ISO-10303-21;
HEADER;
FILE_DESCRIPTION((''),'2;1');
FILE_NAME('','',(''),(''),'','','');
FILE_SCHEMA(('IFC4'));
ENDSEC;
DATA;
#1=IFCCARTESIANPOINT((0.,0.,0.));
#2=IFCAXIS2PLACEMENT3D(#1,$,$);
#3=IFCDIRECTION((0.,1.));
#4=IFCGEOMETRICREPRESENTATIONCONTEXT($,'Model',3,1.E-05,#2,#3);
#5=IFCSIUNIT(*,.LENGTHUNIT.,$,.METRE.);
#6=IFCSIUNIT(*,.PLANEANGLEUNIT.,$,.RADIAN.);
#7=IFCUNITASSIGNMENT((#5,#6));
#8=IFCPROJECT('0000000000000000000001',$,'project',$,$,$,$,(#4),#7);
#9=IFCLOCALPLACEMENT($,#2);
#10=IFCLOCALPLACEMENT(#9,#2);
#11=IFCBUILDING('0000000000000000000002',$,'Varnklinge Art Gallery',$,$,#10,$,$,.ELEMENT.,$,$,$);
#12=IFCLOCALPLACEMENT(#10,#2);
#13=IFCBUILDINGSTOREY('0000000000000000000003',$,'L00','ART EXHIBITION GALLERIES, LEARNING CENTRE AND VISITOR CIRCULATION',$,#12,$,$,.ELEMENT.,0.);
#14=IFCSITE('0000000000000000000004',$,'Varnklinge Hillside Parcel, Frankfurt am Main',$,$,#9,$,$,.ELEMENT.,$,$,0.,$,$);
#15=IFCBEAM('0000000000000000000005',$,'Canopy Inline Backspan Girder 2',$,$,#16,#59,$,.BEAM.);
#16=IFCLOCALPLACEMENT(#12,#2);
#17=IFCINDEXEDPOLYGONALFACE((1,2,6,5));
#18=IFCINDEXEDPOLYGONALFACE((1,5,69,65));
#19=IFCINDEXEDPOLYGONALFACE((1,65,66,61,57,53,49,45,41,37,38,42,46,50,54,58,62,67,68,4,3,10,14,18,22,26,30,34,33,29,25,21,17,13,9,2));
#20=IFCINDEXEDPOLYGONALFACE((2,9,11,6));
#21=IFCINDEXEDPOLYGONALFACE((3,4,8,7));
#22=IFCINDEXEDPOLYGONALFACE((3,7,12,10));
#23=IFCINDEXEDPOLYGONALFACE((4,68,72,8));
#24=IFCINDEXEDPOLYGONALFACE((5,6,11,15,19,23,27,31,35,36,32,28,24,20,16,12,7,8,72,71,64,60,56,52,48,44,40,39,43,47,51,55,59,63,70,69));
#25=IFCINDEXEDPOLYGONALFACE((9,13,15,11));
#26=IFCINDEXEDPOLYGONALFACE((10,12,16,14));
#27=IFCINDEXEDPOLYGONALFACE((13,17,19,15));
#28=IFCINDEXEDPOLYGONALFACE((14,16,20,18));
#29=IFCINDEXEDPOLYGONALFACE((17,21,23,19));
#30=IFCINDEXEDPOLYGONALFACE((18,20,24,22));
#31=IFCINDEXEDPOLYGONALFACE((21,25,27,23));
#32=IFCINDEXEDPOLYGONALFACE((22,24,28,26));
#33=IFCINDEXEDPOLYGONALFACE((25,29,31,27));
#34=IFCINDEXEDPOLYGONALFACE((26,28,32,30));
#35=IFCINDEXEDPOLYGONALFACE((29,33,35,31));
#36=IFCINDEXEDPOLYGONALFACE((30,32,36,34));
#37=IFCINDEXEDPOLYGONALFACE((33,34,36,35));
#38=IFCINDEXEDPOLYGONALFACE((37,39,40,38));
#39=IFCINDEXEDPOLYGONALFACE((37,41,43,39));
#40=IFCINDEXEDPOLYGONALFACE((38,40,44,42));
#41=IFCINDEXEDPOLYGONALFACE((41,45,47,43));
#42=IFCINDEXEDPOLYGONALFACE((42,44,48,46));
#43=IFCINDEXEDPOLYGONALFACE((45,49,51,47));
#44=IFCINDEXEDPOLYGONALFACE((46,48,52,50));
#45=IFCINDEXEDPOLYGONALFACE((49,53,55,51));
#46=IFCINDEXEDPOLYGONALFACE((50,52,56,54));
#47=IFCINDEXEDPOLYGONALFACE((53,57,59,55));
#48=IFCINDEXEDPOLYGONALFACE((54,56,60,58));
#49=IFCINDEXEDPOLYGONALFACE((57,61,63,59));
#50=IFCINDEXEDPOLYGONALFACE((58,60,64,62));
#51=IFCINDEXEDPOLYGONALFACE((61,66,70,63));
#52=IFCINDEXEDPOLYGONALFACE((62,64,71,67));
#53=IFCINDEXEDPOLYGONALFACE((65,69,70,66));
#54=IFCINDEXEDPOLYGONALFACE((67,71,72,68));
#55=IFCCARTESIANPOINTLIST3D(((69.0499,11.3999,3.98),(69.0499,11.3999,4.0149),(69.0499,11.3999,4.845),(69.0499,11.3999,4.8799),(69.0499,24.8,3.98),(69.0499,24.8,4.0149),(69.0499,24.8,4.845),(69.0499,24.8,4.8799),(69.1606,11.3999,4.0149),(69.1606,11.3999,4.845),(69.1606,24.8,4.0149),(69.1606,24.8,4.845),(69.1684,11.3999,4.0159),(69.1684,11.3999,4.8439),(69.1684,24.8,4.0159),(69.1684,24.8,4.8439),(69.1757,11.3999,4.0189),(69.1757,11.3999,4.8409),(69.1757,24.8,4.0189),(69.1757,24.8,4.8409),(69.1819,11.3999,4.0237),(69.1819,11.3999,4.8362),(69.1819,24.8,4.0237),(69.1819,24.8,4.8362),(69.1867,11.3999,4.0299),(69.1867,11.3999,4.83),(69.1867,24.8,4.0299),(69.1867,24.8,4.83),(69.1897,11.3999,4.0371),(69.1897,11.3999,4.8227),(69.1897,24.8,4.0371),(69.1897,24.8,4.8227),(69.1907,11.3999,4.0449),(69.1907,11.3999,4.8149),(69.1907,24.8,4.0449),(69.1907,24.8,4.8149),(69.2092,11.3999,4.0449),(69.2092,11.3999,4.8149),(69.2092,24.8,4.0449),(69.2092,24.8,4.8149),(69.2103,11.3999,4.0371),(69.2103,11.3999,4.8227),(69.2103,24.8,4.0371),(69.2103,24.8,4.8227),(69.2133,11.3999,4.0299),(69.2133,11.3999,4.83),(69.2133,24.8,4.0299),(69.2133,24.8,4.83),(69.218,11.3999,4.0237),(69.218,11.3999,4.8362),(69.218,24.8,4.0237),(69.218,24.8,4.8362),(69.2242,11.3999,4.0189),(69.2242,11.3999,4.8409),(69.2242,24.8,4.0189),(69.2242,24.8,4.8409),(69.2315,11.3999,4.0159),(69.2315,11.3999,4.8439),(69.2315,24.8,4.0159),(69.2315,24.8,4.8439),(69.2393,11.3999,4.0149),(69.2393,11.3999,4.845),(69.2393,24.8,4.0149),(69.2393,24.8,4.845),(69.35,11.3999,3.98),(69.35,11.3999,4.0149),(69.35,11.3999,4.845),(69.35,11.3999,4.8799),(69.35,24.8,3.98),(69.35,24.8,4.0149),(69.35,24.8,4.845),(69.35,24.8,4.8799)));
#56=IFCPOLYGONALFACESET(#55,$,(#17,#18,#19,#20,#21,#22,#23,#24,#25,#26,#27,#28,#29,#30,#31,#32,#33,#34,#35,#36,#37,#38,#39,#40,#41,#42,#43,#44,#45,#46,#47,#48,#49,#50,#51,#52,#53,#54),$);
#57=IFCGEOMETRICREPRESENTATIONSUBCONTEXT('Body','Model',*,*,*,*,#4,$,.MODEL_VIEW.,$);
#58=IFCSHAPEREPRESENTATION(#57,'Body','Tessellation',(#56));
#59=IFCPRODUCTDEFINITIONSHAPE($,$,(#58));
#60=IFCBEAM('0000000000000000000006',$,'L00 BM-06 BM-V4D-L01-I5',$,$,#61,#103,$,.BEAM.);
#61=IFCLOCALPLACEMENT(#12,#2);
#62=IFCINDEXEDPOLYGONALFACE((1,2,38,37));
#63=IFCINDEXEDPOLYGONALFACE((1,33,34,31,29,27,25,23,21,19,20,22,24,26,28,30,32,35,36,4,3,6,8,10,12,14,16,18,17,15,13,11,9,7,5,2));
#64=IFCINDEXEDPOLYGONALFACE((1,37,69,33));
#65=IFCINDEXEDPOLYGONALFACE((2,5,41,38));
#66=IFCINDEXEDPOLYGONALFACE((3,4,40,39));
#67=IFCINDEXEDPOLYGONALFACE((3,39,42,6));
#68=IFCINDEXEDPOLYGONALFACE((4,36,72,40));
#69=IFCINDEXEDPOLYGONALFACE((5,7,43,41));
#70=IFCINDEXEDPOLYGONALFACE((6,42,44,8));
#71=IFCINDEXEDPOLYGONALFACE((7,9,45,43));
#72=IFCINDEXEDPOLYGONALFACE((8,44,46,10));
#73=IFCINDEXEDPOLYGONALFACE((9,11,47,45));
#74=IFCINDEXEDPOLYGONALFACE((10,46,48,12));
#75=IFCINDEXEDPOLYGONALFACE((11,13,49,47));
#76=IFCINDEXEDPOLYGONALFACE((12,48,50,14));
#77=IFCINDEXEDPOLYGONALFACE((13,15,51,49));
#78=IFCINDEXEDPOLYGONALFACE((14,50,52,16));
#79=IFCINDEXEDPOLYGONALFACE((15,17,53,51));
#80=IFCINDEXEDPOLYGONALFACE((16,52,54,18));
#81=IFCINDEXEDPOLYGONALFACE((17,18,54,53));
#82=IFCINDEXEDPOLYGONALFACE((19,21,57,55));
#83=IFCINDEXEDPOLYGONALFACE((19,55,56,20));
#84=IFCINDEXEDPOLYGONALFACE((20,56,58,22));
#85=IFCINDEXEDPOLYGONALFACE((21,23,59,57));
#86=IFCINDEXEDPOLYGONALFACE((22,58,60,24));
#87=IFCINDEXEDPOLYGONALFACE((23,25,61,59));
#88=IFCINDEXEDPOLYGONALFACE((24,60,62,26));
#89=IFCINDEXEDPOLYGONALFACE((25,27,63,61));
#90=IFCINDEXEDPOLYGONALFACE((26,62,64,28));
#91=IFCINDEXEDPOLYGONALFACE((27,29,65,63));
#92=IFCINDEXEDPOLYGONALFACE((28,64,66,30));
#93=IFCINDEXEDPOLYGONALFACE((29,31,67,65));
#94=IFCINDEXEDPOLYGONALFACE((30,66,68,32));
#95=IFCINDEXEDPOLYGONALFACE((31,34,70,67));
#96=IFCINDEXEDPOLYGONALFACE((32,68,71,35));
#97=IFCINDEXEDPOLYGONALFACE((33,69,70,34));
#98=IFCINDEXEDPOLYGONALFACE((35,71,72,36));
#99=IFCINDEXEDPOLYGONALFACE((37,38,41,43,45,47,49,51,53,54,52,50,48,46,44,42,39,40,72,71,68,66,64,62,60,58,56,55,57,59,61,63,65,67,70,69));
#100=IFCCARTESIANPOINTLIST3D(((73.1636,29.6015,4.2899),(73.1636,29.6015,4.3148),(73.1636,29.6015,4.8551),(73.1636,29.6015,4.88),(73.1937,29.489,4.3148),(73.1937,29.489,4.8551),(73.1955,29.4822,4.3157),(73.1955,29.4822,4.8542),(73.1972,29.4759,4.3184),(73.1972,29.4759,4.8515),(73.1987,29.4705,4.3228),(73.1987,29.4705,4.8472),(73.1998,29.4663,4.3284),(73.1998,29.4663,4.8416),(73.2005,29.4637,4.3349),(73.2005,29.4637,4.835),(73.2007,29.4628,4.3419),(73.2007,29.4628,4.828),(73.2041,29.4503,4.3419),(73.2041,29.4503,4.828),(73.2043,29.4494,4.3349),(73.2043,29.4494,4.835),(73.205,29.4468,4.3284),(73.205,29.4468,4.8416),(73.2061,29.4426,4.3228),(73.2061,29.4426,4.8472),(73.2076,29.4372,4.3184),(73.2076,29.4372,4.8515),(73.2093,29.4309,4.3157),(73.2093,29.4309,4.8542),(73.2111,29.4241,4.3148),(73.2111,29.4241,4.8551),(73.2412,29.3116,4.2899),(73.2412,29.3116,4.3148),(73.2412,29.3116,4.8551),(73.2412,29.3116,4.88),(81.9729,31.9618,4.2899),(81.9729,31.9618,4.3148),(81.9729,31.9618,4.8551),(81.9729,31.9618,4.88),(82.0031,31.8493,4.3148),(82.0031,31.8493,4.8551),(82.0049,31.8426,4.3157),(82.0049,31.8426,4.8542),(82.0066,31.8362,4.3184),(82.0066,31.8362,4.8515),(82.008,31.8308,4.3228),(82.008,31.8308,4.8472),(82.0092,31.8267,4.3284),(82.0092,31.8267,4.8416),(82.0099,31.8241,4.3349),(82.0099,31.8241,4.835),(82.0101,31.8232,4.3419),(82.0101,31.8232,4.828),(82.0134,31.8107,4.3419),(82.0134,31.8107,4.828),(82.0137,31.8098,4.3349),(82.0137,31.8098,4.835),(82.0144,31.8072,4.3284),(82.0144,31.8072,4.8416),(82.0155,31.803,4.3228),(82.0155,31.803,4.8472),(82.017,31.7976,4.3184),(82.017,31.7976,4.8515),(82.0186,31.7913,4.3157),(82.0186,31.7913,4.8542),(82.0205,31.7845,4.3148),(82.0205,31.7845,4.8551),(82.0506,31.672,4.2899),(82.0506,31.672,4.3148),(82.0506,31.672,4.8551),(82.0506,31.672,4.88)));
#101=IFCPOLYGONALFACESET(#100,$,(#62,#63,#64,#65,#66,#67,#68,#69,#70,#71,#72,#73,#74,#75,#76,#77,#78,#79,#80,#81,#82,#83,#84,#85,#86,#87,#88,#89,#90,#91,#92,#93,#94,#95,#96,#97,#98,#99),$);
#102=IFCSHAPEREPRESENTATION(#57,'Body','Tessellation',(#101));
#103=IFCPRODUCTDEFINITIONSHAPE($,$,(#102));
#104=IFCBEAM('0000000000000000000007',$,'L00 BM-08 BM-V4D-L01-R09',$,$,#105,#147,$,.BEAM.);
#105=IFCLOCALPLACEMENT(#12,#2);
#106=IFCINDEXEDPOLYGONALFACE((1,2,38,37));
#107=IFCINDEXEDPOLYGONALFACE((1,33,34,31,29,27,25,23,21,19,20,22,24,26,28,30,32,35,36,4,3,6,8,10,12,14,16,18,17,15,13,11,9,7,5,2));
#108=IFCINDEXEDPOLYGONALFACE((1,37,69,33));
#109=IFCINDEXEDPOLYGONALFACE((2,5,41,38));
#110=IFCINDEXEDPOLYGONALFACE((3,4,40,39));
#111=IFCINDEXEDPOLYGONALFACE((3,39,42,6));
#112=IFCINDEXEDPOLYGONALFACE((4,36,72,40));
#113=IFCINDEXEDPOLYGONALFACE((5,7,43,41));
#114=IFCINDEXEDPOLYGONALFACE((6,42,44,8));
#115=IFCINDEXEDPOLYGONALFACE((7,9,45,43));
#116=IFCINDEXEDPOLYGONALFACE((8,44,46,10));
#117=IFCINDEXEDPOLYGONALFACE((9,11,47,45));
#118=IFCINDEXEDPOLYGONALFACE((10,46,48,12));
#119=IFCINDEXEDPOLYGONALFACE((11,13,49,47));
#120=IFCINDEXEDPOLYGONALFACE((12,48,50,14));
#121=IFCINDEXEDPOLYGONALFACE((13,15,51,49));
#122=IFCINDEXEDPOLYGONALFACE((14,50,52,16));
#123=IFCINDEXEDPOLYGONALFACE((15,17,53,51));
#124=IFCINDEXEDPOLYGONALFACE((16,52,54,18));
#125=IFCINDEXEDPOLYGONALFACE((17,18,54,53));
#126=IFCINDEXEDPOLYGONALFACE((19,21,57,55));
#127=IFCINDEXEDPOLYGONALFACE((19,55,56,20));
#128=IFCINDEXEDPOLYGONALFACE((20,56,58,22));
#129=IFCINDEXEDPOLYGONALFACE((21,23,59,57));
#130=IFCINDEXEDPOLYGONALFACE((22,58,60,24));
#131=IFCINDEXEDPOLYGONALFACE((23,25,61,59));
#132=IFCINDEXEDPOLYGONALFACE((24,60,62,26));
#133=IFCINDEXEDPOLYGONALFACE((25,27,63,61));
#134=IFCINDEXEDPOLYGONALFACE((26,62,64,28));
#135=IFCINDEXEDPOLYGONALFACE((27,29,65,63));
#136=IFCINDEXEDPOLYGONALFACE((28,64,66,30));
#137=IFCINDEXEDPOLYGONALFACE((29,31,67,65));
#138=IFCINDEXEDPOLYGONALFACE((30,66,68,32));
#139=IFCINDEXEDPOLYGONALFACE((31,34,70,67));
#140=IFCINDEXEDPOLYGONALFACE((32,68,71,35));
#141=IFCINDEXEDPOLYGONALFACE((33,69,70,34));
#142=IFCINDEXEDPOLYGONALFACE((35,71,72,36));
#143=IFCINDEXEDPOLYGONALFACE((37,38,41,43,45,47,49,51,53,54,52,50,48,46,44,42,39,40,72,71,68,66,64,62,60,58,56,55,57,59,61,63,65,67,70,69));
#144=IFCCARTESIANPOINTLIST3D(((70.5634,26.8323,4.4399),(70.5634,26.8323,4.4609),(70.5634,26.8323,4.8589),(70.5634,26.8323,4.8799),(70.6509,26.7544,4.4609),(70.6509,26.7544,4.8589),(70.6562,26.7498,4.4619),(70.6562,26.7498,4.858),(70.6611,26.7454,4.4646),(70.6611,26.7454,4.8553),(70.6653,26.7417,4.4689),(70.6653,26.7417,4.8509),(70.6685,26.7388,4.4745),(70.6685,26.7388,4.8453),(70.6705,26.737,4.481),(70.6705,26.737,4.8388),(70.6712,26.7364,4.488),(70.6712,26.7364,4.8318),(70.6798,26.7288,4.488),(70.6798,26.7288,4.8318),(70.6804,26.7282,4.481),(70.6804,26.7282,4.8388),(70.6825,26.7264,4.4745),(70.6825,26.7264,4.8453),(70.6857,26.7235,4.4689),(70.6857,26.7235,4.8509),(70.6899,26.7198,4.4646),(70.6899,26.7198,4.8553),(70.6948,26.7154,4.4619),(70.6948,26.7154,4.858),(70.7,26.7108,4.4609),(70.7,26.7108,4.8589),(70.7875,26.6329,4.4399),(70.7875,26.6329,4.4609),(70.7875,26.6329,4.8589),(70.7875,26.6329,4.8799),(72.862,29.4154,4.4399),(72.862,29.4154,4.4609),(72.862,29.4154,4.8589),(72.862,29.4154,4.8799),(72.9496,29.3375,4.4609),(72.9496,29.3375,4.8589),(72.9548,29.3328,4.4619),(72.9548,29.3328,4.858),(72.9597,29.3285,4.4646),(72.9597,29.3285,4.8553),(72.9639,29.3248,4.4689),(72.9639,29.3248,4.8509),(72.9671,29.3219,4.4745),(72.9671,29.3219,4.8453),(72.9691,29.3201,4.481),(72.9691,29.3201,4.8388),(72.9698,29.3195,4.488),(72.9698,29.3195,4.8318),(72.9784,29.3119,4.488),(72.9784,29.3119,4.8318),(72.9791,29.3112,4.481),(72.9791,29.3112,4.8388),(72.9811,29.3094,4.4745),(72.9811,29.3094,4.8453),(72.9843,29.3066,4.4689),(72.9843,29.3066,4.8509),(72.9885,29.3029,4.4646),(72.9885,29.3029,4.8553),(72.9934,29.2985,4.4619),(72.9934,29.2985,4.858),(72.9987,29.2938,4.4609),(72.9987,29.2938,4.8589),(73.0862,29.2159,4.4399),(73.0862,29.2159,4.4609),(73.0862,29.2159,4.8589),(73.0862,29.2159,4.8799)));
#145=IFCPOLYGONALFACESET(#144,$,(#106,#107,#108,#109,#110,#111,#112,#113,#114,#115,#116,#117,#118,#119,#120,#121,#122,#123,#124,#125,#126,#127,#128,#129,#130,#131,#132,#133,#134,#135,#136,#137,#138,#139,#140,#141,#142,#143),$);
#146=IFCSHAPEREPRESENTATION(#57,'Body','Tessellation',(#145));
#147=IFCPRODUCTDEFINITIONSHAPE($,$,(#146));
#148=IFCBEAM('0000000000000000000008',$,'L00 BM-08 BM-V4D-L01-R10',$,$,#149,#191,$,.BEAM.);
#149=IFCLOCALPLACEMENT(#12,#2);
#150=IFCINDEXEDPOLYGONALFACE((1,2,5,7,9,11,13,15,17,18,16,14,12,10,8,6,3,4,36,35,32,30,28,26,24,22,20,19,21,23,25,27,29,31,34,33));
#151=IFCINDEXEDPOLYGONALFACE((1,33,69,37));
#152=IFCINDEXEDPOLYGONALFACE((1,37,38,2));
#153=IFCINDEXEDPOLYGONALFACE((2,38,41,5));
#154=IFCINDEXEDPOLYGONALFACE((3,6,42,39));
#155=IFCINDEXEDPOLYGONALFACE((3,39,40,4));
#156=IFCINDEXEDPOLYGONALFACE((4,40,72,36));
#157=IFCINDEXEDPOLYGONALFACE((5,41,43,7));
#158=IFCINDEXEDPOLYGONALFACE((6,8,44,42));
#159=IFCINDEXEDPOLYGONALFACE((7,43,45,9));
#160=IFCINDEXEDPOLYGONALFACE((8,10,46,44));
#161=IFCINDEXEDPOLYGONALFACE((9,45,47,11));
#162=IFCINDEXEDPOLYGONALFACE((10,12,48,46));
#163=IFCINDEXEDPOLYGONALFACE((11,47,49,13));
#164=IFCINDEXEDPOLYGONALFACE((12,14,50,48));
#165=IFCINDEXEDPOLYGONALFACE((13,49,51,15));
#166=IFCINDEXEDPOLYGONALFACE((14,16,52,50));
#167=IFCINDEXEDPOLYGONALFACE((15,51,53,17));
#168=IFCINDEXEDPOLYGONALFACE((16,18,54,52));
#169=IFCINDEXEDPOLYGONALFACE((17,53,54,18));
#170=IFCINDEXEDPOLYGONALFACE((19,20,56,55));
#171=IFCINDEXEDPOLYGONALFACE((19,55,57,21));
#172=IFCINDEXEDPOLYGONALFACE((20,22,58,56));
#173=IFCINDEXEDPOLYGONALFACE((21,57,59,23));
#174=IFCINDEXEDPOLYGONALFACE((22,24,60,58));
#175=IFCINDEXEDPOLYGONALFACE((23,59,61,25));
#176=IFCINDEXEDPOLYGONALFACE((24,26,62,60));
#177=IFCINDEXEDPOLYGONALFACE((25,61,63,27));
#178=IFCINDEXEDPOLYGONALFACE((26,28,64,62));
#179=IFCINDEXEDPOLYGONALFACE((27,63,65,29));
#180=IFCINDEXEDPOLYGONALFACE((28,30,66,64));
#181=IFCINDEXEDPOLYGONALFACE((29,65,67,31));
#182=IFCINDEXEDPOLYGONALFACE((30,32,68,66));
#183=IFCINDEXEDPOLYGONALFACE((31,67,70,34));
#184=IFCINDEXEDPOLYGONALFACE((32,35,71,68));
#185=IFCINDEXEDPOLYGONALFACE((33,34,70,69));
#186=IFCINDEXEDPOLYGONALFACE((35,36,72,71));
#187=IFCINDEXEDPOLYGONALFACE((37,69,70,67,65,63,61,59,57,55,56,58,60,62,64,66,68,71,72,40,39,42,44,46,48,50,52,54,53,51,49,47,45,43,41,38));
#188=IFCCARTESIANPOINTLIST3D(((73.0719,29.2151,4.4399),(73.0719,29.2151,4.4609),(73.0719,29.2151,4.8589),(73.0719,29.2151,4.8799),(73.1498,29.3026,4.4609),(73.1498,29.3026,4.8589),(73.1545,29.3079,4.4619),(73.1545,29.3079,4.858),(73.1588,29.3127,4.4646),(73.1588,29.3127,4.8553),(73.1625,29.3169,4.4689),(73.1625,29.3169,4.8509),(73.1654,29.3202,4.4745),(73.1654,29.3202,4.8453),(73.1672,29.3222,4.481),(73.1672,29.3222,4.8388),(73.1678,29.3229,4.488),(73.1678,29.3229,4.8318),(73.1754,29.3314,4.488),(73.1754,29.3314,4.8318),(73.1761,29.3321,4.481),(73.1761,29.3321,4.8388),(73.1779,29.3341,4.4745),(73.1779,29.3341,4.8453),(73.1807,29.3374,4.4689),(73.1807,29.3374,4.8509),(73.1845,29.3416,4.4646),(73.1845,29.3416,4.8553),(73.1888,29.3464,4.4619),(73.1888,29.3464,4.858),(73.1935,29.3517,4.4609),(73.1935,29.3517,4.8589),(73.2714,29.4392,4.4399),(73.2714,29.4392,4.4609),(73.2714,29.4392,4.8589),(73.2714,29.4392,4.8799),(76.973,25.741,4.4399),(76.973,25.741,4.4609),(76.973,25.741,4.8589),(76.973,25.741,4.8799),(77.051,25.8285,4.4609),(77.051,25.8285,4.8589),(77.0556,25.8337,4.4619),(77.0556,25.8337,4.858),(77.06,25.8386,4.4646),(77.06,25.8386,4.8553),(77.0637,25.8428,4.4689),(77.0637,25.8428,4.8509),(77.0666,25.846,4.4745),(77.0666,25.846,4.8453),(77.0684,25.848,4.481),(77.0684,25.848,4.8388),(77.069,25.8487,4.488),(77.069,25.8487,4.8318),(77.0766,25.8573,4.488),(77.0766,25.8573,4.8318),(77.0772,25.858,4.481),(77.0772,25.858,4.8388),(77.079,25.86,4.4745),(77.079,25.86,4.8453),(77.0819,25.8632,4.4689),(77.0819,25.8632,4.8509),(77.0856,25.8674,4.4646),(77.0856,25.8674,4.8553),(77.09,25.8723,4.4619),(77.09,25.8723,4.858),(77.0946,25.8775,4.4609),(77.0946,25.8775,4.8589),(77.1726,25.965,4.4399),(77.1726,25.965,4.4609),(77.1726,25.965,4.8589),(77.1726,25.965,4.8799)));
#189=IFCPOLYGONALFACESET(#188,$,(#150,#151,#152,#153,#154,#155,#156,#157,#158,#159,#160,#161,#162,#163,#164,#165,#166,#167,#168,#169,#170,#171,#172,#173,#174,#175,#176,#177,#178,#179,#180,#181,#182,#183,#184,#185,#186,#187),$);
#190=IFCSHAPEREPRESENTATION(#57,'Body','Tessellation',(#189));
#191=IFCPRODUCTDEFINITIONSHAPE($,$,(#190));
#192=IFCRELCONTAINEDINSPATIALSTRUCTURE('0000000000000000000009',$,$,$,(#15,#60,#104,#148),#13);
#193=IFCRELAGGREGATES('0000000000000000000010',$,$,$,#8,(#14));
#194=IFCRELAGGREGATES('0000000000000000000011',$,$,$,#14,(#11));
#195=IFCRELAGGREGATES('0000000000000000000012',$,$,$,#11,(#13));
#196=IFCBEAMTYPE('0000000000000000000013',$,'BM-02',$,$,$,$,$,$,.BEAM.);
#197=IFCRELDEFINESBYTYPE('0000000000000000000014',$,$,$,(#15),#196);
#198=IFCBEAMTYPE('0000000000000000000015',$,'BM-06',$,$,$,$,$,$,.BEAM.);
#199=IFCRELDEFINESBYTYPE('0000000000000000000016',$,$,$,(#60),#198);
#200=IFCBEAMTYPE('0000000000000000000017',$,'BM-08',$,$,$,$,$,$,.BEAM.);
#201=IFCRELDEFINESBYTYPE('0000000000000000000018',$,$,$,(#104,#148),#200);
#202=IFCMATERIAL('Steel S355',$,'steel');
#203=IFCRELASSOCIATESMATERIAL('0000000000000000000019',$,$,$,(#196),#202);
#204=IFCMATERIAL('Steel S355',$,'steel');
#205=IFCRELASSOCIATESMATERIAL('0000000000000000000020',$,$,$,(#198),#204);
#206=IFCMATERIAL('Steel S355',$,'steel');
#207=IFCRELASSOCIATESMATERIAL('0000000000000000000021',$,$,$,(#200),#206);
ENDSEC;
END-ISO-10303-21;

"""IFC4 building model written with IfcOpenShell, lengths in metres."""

from ifc_helpers import new_model, si_unit, direction, frame, origin, origin_2d, place, context, subcontext, project, spatial, i_section, extrude, material, material_profile, profile_set, type_object, element, save


model = new_model("IFC4")

# Units and contexts
model_context = context("Model", 3, precision=1e-05, world=origin(), true_north=direction((0.0, 1.0)))
body_context = subcontext(model_context, "Body", "Model", "MODEL_VIEW")
ifc_project = project(units=[si_unit("LENGTHUNIT", "METRE"), si_unit("PLANEANGLEUNIT", "RADIAN")], contexts=[model_context])

# Site, building, storey
site_placement = place(None, origin())
site = spatial("IfcSite", under=ifc_project, at=site_placement, Name="Varnklinge Hillside Parcel, Frankfurt am Main", CompositionType="ELEMENT", RefElevation=0.0)
building_placement = place(site_placement, origin())
building = spatial("IfcBuilding", under=site, at=building_placement, Name="Varnklinge Art Gallery", CompositionType="ELEMENT")
storey_placement = place(building_placement, origin())
storey = spatial("IfcBuildingStorey", under=building, at=storey_placement, Name="L00", Description="ART EXHIBITION GALLERIES, LEARNING CENTRE AND VISITOR CIRCULATION", CompositionType="ELEMENT", Elevation=0.0)

# Beams
ifc_material_1 = material(Name="Steel S355", Category="steel")
ifc_material_profile_1 = material_profile(ifc_material_1, i_section(OverallWidth=0.3, OverallDepth=0.8999, WebThickness=0.0186, FlangeThickness=0.0349, FilletRadius=0.03, at=origin_2d()), Name="HEB 900")
ifc_profile_set_1 = profile_set([ifc_material_profile_1], Name="Steel S355")
beam_type_1 = type_object("IfcBeamType", Name="BM-02", PredefinedType="BEAM", material=ifc_profile_set_1)
beam_1_placement = place(storey_placement, frame((69.2, 24.8, 4.4299), z_axis=(0.0, -1.0, 0.0), x_axis=(1.0, 0.0, 0.0)))
element("IfcBeam", 1, at=beam_1_placement, inside=storey, type_object=beam_type_1, Name="Canopy Inline Backspan Girder 2", PredefinedType="BEAM", context=body_context, shape_type="SweptSolid", body=[
    extrude(i_section(OverallWidth=0.3, OverallDepth=0.8999, WebThickness=0.0186, FlangeThickness=0.0349, FilletRadius=0.03, at=origin_2d()), origin(), (0.0, 0.0, 1.0), 13.4001),
])
ifc_material_2 = material(Name="Steel S355", Category="steel")
ifc_material_profile_2 = material_profile(ifc_material_2, i_section(OverallWidth=0.3, OverallDepth=0.5901, WebThickness=0.0129, FlangeThickness=0.0249, FilletRadius=0.0271, at=origin_2d()), Name="HEA 600")
ifc_profile_set_2 = profile_set([ifc_material_profile_2], Name="Steel S355")
beam_type_2 = type_object("IfcBeamType", Name="BM-06", PredefinedType="BEAM", material=ifc_profile_set_2)
beam_2_placement = place(storey_placement, frame((73.2024, 29.4565, 4.585), z_axis=(0.965929, 0.258809, 0.0), x_axis=(-0.258809, 0.965929, 0.0)))
element("IfcBeam", 2, at=beam_2_placement, inside=storey, type_object=beam_type_2, Name="L00 BM-06 BM-V4D-L01-I5", PredefinedType="BEAM", context=body_context, shape_type="SweptSolid", body=[
    extrude(i_section(OverallWidth=0.3, OverallDepth=0.5901, WebThickness=0.0129, FlangeThickness=0.0249, FilletRadius=0.0271, at=origin_2d()), origin(), (0.0, 0.0, 1.0), 9.1201),
])
ifc_material_3 = material(Name="Steel S355", Category="steel")
ifc_material_profile_3 = material_profile(ifc_material_3, i_section(OverallWidth=0.3, OverallDepth=0.4399, WebThickness=0.0115, FlangeThickness=0.021, FilletRadius=0.0271, at=origin_2d()), Name="HEA 450")
ifc_profile_set_3 = profile_set([ifc_material_profile_3], Name="Steel S355")
beam_type_3 = type_object("IfcBeamType", Name="BM-08", PredefinedType="BEAM", material=ifc_profile_set_3)
beam_3_placement = place(storey_placement, frame((72.9741, 29.3157, 4.6599), z_axis=(-0.66478, -0.747039, 0.0), x_axis=(0.747039, -0.66478, 0.0)))
element("IfcBeam", 3, at=beam_3_placement, inside=storey, type_object=beam_type_3, Name="L00 BM-08 BM-V4D-L01-R09", PredefinedType="BEAM", context=body_context, shape_type="SweptSolid", body=[
    extrude(i_section(OverallWidth=0.3, OverallDepth=0.4399, WebThickness=0.0115, FlangeThickness=0.021, FilletRadius=0.0271, at=origin_2d()), origin(), (0.0, 0.0, 1.0), 3.4578),
])
beam_4_placement = place(storey_placement, frame((73.1716, 29.3271, 4.6599), z_axis=(0.746795, -0.665054, 0.0), x_axis=(0.665054, 0.746795, 0.0)))
element("IfcBeam", 4, at=beam_4_placement, inside=storey, type_object=beam_type_3, Name="L00 BM-08 BM-V4D-L01-R10", PredefinedType="BEAM", context=body_context, shape_type="SweptSolid", body=[
    extrude(i_section(OverallWidth=0.3, OverallDepth=0.4399, WebThickness=0.0115, FlangeThickness=0.021, FilletRadius=0.0271, at=origin_2d()), origin(), (0.0, 0.0, 1.0), 5.2239),
])

save(model, "model.ifc")
